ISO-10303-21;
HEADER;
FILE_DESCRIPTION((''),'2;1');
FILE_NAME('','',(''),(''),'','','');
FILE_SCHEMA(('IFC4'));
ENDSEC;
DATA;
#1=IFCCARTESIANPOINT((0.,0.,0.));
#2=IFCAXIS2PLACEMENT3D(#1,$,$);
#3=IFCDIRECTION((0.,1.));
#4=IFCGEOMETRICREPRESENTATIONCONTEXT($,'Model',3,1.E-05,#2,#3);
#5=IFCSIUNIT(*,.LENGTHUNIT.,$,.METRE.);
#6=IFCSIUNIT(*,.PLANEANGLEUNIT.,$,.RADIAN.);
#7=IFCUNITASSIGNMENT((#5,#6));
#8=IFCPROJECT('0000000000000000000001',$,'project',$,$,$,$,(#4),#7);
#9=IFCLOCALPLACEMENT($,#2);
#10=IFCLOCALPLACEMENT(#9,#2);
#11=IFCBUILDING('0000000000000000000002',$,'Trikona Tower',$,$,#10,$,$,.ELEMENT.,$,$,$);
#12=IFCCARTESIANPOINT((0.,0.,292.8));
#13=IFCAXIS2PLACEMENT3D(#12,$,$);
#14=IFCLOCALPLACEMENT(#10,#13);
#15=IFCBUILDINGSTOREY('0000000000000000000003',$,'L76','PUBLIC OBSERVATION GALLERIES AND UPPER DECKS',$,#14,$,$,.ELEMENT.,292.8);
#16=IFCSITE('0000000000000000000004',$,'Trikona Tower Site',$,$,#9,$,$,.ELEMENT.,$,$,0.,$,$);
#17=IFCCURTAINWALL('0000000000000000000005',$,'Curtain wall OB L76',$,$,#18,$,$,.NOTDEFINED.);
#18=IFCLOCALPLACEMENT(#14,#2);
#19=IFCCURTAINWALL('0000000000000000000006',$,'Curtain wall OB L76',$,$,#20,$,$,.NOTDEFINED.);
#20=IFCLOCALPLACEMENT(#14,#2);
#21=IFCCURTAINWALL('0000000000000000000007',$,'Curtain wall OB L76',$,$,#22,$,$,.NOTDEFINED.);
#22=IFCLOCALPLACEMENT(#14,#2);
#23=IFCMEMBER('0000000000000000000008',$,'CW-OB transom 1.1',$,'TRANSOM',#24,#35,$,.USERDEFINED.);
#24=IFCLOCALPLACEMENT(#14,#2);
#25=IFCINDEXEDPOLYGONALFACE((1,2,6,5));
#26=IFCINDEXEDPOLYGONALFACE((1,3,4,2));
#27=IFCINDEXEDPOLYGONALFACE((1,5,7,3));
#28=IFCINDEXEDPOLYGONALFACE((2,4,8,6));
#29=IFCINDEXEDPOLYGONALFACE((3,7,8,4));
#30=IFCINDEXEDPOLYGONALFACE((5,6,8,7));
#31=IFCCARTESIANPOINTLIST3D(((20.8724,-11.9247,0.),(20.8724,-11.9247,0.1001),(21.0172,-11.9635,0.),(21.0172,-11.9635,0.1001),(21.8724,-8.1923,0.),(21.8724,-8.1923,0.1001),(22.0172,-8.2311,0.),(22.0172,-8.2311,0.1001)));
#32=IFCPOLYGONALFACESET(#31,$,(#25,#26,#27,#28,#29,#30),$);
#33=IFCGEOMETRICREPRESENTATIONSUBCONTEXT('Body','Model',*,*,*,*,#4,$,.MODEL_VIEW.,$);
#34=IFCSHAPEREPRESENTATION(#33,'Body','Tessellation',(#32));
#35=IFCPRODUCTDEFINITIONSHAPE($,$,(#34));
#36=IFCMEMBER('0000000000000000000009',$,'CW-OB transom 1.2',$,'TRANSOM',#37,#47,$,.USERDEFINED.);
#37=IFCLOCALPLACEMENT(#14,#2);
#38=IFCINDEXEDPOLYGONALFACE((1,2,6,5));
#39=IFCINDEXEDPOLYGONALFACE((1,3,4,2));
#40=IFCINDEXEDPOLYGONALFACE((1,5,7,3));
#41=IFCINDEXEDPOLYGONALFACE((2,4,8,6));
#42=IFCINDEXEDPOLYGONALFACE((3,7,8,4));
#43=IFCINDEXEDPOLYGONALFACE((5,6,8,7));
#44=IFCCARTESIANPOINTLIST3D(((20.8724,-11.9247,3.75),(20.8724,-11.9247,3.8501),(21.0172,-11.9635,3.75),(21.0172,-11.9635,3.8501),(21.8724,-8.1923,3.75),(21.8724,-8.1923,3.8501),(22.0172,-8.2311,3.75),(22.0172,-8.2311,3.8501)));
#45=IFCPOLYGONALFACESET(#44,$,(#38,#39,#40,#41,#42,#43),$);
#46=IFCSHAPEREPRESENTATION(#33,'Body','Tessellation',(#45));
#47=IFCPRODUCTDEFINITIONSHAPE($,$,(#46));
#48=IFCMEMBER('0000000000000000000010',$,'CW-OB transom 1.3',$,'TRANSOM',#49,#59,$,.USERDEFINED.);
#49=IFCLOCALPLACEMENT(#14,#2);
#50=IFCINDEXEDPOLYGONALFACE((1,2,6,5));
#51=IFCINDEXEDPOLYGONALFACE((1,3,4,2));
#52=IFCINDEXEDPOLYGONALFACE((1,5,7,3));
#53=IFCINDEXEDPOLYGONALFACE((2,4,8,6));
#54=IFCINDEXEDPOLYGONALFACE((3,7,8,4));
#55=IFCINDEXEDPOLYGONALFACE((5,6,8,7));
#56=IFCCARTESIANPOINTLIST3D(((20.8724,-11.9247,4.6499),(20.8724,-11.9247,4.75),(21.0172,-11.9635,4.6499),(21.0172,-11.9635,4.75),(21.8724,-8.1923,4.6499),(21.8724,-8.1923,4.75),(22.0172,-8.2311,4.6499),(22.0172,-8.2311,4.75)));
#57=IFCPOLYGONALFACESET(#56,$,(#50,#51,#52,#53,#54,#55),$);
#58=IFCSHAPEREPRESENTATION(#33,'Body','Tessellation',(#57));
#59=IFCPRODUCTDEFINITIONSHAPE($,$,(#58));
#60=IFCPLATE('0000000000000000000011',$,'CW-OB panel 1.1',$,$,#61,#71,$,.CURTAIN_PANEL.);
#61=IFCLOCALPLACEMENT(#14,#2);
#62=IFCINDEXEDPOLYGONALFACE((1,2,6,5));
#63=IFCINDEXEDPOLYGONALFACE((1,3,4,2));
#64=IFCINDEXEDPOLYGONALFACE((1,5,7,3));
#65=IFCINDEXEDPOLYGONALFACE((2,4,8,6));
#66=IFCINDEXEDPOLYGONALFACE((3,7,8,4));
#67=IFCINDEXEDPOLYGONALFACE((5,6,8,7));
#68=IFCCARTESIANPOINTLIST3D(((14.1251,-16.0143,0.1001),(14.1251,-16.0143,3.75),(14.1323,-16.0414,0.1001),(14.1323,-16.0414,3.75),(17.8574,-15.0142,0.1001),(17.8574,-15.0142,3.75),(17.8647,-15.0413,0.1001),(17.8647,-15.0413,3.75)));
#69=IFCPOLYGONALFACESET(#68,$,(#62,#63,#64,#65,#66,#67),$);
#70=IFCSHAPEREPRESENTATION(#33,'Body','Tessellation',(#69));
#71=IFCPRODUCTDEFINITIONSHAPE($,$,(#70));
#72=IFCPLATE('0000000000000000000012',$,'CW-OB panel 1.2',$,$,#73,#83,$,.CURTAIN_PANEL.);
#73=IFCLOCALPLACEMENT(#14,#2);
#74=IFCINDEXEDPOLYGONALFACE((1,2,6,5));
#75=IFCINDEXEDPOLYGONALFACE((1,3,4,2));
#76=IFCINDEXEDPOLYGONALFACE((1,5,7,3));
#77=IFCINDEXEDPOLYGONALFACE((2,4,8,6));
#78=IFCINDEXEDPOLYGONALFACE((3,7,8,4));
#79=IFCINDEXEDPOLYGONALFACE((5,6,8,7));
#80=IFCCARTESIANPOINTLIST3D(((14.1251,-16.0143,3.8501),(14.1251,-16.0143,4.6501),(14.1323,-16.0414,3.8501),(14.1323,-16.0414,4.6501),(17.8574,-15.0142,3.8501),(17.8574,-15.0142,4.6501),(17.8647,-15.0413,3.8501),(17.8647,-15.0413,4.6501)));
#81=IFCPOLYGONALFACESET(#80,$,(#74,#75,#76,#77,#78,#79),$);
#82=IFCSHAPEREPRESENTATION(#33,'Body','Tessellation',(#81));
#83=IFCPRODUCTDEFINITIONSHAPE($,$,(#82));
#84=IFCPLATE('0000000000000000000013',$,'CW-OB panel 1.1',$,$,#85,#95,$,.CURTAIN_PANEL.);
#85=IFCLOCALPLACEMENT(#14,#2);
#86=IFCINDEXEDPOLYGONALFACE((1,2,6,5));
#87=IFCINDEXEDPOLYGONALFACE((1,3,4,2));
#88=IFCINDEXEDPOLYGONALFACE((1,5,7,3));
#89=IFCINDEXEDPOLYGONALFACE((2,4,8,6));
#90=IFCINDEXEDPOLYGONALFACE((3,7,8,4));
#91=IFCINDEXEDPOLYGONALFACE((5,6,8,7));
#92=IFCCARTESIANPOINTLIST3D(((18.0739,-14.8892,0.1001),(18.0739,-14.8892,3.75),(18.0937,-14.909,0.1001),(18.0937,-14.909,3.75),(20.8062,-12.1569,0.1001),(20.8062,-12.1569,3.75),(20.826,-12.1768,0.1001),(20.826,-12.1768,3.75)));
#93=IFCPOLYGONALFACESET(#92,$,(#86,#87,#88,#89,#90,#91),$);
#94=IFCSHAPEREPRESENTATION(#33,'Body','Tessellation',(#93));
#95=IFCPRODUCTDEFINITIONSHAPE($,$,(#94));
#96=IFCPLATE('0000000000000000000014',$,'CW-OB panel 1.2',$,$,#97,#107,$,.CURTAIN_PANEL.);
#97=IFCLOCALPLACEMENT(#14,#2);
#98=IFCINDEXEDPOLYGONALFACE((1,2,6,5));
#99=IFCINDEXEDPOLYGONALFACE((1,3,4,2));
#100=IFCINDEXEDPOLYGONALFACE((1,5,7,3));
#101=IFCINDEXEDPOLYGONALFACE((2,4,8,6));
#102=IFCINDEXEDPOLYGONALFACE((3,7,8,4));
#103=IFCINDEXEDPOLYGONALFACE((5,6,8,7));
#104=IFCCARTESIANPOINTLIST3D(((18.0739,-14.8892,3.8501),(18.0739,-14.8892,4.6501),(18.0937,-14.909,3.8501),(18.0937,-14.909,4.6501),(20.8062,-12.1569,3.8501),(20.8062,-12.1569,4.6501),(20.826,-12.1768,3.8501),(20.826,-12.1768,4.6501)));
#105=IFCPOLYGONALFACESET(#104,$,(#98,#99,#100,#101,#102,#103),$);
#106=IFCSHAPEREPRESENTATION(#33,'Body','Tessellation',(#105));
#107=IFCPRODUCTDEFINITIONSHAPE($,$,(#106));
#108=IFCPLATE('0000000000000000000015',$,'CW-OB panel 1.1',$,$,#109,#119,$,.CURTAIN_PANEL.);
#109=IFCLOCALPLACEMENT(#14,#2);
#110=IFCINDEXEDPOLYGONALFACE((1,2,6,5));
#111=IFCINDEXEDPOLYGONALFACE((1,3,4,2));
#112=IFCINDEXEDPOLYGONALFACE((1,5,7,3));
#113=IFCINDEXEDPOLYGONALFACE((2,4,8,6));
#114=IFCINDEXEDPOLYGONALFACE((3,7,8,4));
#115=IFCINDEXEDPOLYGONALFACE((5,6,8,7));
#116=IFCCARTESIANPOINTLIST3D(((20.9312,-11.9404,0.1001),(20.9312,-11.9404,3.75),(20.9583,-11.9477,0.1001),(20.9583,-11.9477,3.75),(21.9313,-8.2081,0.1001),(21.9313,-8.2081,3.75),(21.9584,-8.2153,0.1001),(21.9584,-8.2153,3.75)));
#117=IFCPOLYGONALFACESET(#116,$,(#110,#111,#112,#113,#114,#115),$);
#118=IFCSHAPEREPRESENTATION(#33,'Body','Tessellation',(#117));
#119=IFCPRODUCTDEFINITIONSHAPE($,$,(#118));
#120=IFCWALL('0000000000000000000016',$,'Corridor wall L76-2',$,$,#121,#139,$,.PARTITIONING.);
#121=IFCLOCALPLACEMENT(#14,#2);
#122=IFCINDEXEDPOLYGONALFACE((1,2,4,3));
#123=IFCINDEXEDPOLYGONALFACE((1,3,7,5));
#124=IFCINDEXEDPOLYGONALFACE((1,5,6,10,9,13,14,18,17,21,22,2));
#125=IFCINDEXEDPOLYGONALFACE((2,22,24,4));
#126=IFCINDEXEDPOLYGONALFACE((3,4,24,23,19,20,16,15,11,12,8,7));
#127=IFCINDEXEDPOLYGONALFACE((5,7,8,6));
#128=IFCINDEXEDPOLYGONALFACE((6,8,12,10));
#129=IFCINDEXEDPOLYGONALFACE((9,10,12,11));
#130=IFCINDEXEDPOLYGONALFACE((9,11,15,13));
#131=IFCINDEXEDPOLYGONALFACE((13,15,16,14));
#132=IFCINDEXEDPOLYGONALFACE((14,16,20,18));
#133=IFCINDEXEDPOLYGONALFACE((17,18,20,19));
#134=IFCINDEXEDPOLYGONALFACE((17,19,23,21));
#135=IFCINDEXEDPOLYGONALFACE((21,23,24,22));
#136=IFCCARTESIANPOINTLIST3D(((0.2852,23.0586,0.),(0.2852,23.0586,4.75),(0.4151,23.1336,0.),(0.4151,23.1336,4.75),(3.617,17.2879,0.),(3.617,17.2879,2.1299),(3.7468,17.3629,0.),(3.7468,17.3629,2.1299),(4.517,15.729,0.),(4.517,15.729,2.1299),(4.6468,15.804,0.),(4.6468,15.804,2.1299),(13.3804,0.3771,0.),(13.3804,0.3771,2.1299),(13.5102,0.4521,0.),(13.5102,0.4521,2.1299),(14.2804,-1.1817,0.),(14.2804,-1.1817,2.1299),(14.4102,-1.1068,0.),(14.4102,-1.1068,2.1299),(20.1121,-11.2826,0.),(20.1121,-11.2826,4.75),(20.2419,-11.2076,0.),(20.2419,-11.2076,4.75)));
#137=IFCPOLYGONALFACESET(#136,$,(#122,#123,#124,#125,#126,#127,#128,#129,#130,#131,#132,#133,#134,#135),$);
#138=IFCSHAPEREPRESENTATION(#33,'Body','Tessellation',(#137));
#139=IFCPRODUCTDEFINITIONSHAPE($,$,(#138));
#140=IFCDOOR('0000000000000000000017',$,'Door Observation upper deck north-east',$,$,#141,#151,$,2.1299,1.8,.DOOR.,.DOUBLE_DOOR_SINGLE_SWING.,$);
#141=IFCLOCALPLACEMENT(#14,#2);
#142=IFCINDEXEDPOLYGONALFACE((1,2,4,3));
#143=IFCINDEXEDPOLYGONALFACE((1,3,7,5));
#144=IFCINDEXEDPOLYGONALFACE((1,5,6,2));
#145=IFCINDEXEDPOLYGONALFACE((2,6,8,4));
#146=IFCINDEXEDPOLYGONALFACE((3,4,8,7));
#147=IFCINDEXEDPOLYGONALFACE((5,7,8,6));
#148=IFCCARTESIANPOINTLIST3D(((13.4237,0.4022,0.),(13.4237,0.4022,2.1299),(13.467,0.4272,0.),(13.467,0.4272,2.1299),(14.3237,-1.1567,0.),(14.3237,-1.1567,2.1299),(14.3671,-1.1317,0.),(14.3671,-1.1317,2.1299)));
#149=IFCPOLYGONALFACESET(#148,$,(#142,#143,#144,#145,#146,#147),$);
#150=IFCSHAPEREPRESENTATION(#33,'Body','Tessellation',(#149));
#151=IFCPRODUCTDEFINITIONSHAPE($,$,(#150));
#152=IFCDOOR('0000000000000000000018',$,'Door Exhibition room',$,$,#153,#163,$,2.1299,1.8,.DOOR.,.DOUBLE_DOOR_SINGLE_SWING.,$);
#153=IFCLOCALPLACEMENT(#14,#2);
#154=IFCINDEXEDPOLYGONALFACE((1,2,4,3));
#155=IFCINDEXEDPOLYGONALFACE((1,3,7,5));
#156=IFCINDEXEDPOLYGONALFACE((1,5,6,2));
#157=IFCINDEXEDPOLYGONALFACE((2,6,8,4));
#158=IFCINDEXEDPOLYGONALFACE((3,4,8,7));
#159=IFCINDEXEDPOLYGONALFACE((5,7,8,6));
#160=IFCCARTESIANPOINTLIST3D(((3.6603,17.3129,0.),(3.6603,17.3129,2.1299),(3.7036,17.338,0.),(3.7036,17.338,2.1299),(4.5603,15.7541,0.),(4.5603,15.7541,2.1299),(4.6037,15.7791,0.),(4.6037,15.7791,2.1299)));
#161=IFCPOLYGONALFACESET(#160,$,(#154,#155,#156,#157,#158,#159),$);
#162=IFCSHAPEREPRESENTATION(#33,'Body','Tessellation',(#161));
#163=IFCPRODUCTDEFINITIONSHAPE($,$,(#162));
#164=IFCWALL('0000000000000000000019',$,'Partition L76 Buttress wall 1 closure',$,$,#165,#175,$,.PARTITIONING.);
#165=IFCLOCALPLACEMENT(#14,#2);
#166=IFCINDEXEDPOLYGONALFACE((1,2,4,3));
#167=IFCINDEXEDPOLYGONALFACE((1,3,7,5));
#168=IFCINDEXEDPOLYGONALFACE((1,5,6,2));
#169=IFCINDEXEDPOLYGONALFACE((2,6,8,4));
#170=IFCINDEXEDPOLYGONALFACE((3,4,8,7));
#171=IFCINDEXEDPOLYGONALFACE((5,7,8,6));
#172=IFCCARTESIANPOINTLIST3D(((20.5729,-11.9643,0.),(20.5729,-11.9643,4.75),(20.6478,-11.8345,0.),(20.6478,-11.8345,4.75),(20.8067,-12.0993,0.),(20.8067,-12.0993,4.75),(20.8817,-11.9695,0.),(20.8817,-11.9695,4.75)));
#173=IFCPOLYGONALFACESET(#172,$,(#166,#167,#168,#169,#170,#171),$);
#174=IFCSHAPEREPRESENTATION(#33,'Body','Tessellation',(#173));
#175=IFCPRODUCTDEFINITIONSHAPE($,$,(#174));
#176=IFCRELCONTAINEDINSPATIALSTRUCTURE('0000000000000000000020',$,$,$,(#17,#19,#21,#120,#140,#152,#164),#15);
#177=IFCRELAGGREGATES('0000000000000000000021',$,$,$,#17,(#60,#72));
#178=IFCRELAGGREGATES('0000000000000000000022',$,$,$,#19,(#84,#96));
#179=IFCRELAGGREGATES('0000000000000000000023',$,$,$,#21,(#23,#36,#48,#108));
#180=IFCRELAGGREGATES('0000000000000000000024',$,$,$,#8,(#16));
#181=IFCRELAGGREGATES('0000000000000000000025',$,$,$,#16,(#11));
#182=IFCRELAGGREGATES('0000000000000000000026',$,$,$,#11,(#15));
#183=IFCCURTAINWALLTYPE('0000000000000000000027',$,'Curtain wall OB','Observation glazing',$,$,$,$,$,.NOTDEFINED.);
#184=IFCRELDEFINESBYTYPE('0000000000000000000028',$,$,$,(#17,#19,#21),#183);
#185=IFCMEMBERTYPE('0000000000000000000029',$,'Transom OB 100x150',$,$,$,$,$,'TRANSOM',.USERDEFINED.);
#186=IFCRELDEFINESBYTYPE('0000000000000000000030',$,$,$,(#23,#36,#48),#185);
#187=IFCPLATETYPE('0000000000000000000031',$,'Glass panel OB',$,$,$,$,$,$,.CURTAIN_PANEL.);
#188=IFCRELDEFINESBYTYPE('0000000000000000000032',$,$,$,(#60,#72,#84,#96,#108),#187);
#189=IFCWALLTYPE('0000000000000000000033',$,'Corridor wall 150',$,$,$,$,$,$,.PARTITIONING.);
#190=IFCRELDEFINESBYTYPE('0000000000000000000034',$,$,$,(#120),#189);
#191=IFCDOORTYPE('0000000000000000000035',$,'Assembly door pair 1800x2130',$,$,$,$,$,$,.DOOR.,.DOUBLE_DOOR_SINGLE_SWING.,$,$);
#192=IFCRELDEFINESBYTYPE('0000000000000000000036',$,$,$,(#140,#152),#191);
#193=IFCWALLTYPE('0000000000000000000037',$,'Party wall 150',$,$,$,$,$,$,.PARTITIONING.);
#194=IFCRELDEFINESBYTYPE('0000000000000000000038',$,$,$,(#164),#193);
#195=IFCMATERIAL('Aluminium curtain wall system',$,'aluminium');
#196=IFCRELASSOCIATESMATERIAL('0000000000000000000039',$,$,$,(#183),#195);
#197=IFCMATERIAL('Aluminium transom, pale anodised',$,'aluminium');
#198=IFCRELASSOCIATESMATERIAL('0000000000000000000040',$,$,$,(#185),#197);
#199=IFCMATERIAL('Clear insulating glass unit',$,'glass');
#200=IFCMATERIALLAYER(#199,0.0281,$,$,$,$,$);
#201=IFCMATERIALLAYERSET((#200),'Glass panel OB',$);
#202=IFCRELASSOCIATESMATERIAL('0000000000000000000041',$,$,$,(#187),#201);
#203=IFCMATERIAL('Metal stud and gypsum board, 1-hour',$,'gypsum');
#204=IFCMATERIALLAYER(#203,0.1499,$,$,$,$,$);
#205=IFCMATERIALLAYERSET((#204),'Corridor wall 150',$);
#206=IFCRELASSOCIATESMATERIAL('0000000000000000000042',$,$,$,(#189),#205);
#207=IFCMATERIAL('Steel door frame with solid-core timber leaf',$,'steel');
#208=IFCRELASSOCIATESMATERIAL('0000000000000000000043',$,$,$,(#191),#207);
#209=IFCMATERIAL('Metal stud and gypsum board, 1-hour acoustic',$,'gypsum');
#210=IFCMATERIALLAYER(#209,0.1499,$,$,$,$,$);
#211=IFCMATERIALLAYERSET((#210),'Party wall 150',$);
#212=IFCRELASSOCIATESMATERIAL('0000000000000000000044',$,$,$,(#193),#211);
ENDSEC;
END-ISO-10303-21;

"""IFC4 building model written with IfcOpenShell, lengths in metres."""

from ifc_helpers import new_model, si_unit, direction, frame, frame_2d, origin, origin_2d, place, context, subcontext, project, spatial, rectangle, extrude, material, layer, layer_set, material_profile, profile_set, type_object, element, fill, aggregate, save


model = new_model("IFC4")

# Units and contexts
model_context = context("Model", 3, precision=1e-05, world=origin(), true_north=direction((0.0, 1.0)))
body_context = subcontext(model_context, "Body", "Model", "MODEL_VIEW")
ifc_project = project(units=[si_unit("LENGTHUNIT", "METRE"), si_unit("PLANEANGLEUNIT", "RADIAN")], contexts=[model_context])

# Site, building, storey
site_placement = place(None, origin())
site = spatial("IfcSite", under=ifc_project, at=site_placement, Name="Trikona Tower Site", CompositionType="ELEMENT", RefElevation=0.0)
building_placement = place(site_placement, origin())
building = spatial("IfcBuilding", under=site, at=building_placement, Name="Trikona Tower", CompositionType="ELEMENT")
storey_placement = place(building_placement, frame((0.0, 0.0, 292.8)))
storey = spatial("IfcBuildingStorey", under=building, at=storey_placement, Name="L76", Description="PUBLIC OBSERVATION GALLERIES AND UPPER DECKS", CompositionType="ELEMENT", Elevation=292.8)

# Shared definitions
ifc_material_1 = material(Name="Aluminium curtain wall system", Category="aluminium")
curtain_wall_type = type_object("IfcCurtainWallType", Name="Curtain wall OB", Description="Observation glazing", PredefinedType="NOTDEFINED", material=ifc_material_1)

# Curtain walls
curtain_wall_1_placement = place(storey_placement, origin())
curtain_wall_1 = element("IfcCurtainWall", 1, at=curtain_wall_1_placement, inside=storey, type_object=curtain_wall_type, Name="Curtain wall OB L76", PredefinedType="NOTDEFINED")
curtain_wall_2_placement = place(storey_placement, origin())
curtain_wall_2 = element("IfcCurtainWall", 2, at=curtain_wall_2_placement, inside=storey, type_object=curtain_wall_type, Name="Curtain wall OB L76", PredefinedType="NOTDEFINED")

# Curtain wall
curtain_wall_3_placement = place(storey_placement, origin())
curtain_wall_3 = element("IfcCurtainWall", 3, at=curtain_wall_3_placement, inside=storey, type_object=curtain_wall_type, Name="Curtain wall OB L76", PredefinedType="NOTDEFINED")

# Members
ifc_material_2 = material(Name="Aluminium transom, pale anodised", Category="aluminium")
ifc_material_profile_1 = material_profile(ifc_material_2, rectangle(XDim=0.1499, YDim=0.1001, at=origin_2d()), Name="TRN-OB")
ifc_profile_set_1 = profile_set([ifc_material_profile_1], Name="Aluminium transom, pale anodised")
member_type_1 = type_object("IfcMemberType", Name="Transom OB 100x150", ElementType="TRANSOM", PredefinedType="USERDEFINED", material=ifc_profile_set_1)
member_1_placement = place(storey_placement, frame((20.9448, -11.9441, 0.05), z_axis=(0.258795, 0.965932, 0.0), x_axis=(-0.965932, 0.258795, 0.0)))
member_1 = element("IfcMember", 4, at=member_1_placement, type_object=member_type_1, Name="CW-OB transom 1.1", ObjectType="TRANSOM", PredefinedType="USERDEFINED", context=body_context, shape_type="SweptSolid", body=[
    extrude(rectangle(XDim=0.1499, YDim=0.1001, at=origin_2d()), origin(), (0.0, 0.0, 1.0), 3.864),
])
member_2_placement = place(storey_placement, frame((20.9448, -11.9441, 3.8), z_axis=(0.258795, 0.965932, 0.0), x_axis=(-0.965932, 0.258795, 0.0)))
member_2 = element("IfcMember", 5, at=member_2_placement, type_object=member_type_1, Name="CW-OB transom 1.2", ObjectType="TRANSOM", PredefinedType="USERDEFINED", context=body_context, shape_type="SweptSolid", body=[
    extrude(rectangle(XDim=0.1499, YDim=0.1001, at=origin_2d()), origin(), (0.0, 0.0, 1.0), 3.864),
])
member_3_placement = place(storey_placement, frame((20.9448, -11.9441, 4.7), z_axis=(0.258795, 0.965932, 0.0), x_axis=(-0.965932, 0.258795, 0.0)))
member_3 = element("IfcMember", 6, at=member_3_placement, type_object=member_type_1, Name="CW-OB transom 1.3", ObjectType="TRANSOM", PredefinedType="USERDEFINED", context=body_context, shape_type="SweptSolid", body=[
    extrude(rectangle(XDim=0.1499, YDim=0.1001, at=origin_2d()), origin(), (0.0, 0.0, 1.0), 3.864),
])

# Plates
ifc_material_3 = material(Name="Clear insulating glass unit", Category="glass")
ifc_layer_1 = layer(ifc_material_3, 0.0281)
ifc_layer_set_1 = layer_set([ifc_layer_1], Name="Glass panel OB")
plate_type = type_object("IfcPlateType", Name="Glass panel OB", PredefinedType="CURTAIN_PANEL", material=ifc_layer_set_1)
plate_1_placement = place(storey_placement, frame((15.9949, -15.5278, 0.1001), z_axis=(0.0, 0.0, 1.0), x_axis=(0.965923, 0.258828, 0.0)))
plate_1 = element("IfcPlate", 7, at=plate_1_placement, type_object=plate_type, Name="CW-OB panel 1.1", PredefinedType="CURTAIN_PANEL", context=body_context, shape_type="SweptSolid", body=[
    extrude(rectangle(XDim=3.864, YDim=0.0281, at=origin_2d()), origin(), (0.0, 0.0, 1.0), 3.6499),
])
plate_2_placement = place(storey_placement, frame((15.9949, -15.5278, 3.8501), z_axis=(0.0, 0.0, 1.0), x_axis=(0.965923, 0.258828, 0.0)))
plate_2 = element("IfcPlate", 8, at=plate_2_placement, type_object=plate_type, Name="CW-OB panel 1.2", PredefinedType="CURTAIN_PANEL", context=body_context, shape_type="SweptSolid", body=[
    extrude(rectangle(XDim=3.864, YDim=0.0281, at=origin_2d()), origin(), (0.0, 0.0, 1.0), 0.8),
])
aggregate(curtain_wall_1, [plate_1, plate_2])
plate_3_placement = place(storey_placement, frame((19.45, -13.533, 0.1001), z_axis=(0.0, 0.0, 1.0), x_axis=(0.707107, 0.707107, 0.0)))
plate_3 = element("IfcPlate", 9, at=plate_3_placement, type_object=plate_type, Name="CW-OB panel 1.1", PredefinedType="CURTAIN_PANEL", context=body_context, shape_type="SweptSolid", body=[
    extrude(rectangle(XDim=3.864, YDim=0.0281, at=origin_2d()), origin(), (0.0, 0.0, 1.0), 3.6499),
])
plate_4_placement = place(storey_placement, frame((19.45, -13.533, 3.8501), z_axis=(0.0, 0.0, 1.0), x_axis=(0.707107, 0.707107, 0.0)))
plate_4 = element("IfcPlate", 10, at=plate_4_placement, type_object=plate_type, Name="CW-OB panel 1.2", PredefinedType="CURTAIN_PANEL", context=body_context, shape_type="SweptSolid", body=[
    extrude(rectangle(XDim=3.864, YDim=0.0281, at=origin_2d()), origin(), (0.0, 0.0, 1.0), 0.8),
])
aggregate(curtain_wall_2, [plate_3, plate_4])
plate_5_placement = place(storey_placement, frame((21.4448, -10.0779, 0.1001), z_axis=(0.0, 0.0, 1.0), x_axis=(0.258828, 0.965923, 0.0)))
plate_5 = element("IfcPlate", 11, at=plate_5_placement, type_object=plate_type, Name="CW-OB panel 1.1", PredefinedType="CURTAIN_PANEL", context=body_context, shape_type="SweptSolid", body=[
    extrude(rectangle(XDim=3.864, YDim=0.0281, at=origin_2d()), origin(), (0.0, 0.0, 1.0), 3.6499),
])
aggregate(curtain_wall_3, [member_1, member_2, member_3, plate_5])

# Wall, openings, doors
ifc_material_4 = material(Name="Metal stud and gypsum board, 1-hour", Category="gypsum")
ifc_layer_2 = layer(ifc_material_4, 0.1499)
ifc_layer_set_2 = layer_set([ifc_layer_2], Name="Corridor wall 150")
wall_type_1 = type_object("IfcWallType", Name="Corridor wall 150", PredefinedType="PARTITIONING", material=ifc_layer_set_2)
wall_1_placement = place(storey_placement, frame((20.177, -11.2451, 0.0), z_axis=(0.0, 0.0, 1.0), x_axis=(-0.499999, 0.866026, 0.0)))
wall_1 = element("IfcWall", 12, at=wall_1_placement, inside=storey, type_object=wall_type_1, Name="Corridor wall L76-2", PredefinedType="PARTITIONING", context=body_context, shape_type="SweptSolid", body=[
    extrude(rectangle(XDim=39.6538, YDim=0.1499, at=frame_2d((19.8269, 0.0))), origin(), (0.0, 0.0, 1.0), 4.75),
])
opening_1_placement = place(wall_1_placement, frame((11.6636, 0.0, 0.0)))
opening_1 = element("IfcOpeningElement", 13, at=opening_1_placement, cuts=wall_1, PredefinedType="OPENING", context=body_context, shape_type="SweptSolid", body=[
    extrude(rectangle(XDim=1.8, YDim=2.1299, at=frame_2d((0.8999, 1.0649))), frame((0.0, 0.085, 0.0), z_axis=(0.0, -1.0, 0.0), x_axis=(1.0, 0.0, 0.0)), (0.0, 0.0, 1.0), 0.1699),
])
opening_2_placement = place(wall_1_placement, frame((31.1904, 0.0, 0.0)))
opening_2 = element("IfcOpeningElement", 14, at=opening_2_placement, cuts=wall_1, PredefinedType="OPENING", context=body_context, shape_type="SweptSolid", body=[
    extrude(rectangle(XDim=1.8, YDim=2.1299, at=frame_2d((0.8999, 1.0649))), frame((0.0, 0.085, 0.0), z_axis=(0.0, -1.0, 0.0), x_axis=(1.0, 0.0, 0.0)), (0.0, 0.0, 1.0), 0.1699),
])
ifc_material_5 = material(Name="Steel door frame with solid-core timber leaf", Category="steel")
door_type = type_object("IfcDoorType", Name="Assembly door pair 1800x2130", OperationType="DOUBLE_DOOR_SINGLE_SWING", PredefinedType="DOOR", material=ifc_material_5)
door_1_placement = place(opening_1_placement, origin())
door_1 = element("IfcDoor", 15, at=door_1_placement, inside=storey, type_object=door_type, Name="Door Observation upper deck north-east", OperationType="DOUBLE_DOOR_SINGLE_SWING", OverallHeight=2.1299, OverallWidth=1.8, PredefinedType="DOOR", context=body_context, shape_type="SweptSolid", body=[
    extrude(rectangle(XDim=1.8, YDim=2.1299, at=frame_2d((0.8999, 1.0649))), frame((0.0, 0.0249, 0.0), z_axis=(0.0, -1.0, 0.0), x_axis=(1.0, 0.0, 0.0)), (0.0, 0.0, 1.0), 0.05),
])
fill(opening_1, door_1)
door_2_placement = place(opening_2_placement, origin())
door_2 = element("IfcDoor", 16, at=door_2_placement, inside=storey, type_object=door_type, Name="Door Exhibition room", OperationType="DOUBLE_DOOR_SINGLE_SWING", OverallHeight=2.1299, OverallWidth=1.8, PredefinedType="DOOR", context=body_context, shape_type="SweptSolid", body=[
    extrude(rectangle(XDim=1.8, YDim=2.1299, at=frame_2d((0.8999, 1.0649))), frame((0.0, 0.0249, 0.0), z_axis=(0.0, -1.0, 0.0), x_axis=(1.0, 0.0, 0.0)), (0.0, 0.0, 1.0), 0.05),
])
fill(opening_2, door_2)

# Wall
ifc_material_6 = material(Name="Metal stud and gypsum board, 1-hour acoustic", Category="gypsum")
ifc_layer_3 = layer(ifc_material_6, 0.1499)
ifc_layer_set_3 = layer_set([ifc_layer_3], Name="Party wall 150")
wall_type_2 = type_object("IfcWallType", Name="Party wall 150", PredefinedType="PARTITIONING", material=ifc_layer_set_3)
wall_2_placement = place(storey_placement, frame((20.6104, -11.8994, 0.0), z_axis=(0.0, 0.0, 1.0), x_axis=(0.866065, -0.499931, 0.0)))
element("IfcWall", 17, at=wall_2_placement, inside=storey, type_object=wall_type_2, Name="Partition L76 Buttress wall 1 closure", PredefinedType="PARTITIONING", context=body_context, shape_type="SweptSolid", body=[
    extrude(rectangle(XDim=0.27, YDim=0.1499, at=frame_2d((0.135, 0.0))), origin(), (0.0, 0.0, 1.0), 4.75),
])

save(model, "model.ifc")
